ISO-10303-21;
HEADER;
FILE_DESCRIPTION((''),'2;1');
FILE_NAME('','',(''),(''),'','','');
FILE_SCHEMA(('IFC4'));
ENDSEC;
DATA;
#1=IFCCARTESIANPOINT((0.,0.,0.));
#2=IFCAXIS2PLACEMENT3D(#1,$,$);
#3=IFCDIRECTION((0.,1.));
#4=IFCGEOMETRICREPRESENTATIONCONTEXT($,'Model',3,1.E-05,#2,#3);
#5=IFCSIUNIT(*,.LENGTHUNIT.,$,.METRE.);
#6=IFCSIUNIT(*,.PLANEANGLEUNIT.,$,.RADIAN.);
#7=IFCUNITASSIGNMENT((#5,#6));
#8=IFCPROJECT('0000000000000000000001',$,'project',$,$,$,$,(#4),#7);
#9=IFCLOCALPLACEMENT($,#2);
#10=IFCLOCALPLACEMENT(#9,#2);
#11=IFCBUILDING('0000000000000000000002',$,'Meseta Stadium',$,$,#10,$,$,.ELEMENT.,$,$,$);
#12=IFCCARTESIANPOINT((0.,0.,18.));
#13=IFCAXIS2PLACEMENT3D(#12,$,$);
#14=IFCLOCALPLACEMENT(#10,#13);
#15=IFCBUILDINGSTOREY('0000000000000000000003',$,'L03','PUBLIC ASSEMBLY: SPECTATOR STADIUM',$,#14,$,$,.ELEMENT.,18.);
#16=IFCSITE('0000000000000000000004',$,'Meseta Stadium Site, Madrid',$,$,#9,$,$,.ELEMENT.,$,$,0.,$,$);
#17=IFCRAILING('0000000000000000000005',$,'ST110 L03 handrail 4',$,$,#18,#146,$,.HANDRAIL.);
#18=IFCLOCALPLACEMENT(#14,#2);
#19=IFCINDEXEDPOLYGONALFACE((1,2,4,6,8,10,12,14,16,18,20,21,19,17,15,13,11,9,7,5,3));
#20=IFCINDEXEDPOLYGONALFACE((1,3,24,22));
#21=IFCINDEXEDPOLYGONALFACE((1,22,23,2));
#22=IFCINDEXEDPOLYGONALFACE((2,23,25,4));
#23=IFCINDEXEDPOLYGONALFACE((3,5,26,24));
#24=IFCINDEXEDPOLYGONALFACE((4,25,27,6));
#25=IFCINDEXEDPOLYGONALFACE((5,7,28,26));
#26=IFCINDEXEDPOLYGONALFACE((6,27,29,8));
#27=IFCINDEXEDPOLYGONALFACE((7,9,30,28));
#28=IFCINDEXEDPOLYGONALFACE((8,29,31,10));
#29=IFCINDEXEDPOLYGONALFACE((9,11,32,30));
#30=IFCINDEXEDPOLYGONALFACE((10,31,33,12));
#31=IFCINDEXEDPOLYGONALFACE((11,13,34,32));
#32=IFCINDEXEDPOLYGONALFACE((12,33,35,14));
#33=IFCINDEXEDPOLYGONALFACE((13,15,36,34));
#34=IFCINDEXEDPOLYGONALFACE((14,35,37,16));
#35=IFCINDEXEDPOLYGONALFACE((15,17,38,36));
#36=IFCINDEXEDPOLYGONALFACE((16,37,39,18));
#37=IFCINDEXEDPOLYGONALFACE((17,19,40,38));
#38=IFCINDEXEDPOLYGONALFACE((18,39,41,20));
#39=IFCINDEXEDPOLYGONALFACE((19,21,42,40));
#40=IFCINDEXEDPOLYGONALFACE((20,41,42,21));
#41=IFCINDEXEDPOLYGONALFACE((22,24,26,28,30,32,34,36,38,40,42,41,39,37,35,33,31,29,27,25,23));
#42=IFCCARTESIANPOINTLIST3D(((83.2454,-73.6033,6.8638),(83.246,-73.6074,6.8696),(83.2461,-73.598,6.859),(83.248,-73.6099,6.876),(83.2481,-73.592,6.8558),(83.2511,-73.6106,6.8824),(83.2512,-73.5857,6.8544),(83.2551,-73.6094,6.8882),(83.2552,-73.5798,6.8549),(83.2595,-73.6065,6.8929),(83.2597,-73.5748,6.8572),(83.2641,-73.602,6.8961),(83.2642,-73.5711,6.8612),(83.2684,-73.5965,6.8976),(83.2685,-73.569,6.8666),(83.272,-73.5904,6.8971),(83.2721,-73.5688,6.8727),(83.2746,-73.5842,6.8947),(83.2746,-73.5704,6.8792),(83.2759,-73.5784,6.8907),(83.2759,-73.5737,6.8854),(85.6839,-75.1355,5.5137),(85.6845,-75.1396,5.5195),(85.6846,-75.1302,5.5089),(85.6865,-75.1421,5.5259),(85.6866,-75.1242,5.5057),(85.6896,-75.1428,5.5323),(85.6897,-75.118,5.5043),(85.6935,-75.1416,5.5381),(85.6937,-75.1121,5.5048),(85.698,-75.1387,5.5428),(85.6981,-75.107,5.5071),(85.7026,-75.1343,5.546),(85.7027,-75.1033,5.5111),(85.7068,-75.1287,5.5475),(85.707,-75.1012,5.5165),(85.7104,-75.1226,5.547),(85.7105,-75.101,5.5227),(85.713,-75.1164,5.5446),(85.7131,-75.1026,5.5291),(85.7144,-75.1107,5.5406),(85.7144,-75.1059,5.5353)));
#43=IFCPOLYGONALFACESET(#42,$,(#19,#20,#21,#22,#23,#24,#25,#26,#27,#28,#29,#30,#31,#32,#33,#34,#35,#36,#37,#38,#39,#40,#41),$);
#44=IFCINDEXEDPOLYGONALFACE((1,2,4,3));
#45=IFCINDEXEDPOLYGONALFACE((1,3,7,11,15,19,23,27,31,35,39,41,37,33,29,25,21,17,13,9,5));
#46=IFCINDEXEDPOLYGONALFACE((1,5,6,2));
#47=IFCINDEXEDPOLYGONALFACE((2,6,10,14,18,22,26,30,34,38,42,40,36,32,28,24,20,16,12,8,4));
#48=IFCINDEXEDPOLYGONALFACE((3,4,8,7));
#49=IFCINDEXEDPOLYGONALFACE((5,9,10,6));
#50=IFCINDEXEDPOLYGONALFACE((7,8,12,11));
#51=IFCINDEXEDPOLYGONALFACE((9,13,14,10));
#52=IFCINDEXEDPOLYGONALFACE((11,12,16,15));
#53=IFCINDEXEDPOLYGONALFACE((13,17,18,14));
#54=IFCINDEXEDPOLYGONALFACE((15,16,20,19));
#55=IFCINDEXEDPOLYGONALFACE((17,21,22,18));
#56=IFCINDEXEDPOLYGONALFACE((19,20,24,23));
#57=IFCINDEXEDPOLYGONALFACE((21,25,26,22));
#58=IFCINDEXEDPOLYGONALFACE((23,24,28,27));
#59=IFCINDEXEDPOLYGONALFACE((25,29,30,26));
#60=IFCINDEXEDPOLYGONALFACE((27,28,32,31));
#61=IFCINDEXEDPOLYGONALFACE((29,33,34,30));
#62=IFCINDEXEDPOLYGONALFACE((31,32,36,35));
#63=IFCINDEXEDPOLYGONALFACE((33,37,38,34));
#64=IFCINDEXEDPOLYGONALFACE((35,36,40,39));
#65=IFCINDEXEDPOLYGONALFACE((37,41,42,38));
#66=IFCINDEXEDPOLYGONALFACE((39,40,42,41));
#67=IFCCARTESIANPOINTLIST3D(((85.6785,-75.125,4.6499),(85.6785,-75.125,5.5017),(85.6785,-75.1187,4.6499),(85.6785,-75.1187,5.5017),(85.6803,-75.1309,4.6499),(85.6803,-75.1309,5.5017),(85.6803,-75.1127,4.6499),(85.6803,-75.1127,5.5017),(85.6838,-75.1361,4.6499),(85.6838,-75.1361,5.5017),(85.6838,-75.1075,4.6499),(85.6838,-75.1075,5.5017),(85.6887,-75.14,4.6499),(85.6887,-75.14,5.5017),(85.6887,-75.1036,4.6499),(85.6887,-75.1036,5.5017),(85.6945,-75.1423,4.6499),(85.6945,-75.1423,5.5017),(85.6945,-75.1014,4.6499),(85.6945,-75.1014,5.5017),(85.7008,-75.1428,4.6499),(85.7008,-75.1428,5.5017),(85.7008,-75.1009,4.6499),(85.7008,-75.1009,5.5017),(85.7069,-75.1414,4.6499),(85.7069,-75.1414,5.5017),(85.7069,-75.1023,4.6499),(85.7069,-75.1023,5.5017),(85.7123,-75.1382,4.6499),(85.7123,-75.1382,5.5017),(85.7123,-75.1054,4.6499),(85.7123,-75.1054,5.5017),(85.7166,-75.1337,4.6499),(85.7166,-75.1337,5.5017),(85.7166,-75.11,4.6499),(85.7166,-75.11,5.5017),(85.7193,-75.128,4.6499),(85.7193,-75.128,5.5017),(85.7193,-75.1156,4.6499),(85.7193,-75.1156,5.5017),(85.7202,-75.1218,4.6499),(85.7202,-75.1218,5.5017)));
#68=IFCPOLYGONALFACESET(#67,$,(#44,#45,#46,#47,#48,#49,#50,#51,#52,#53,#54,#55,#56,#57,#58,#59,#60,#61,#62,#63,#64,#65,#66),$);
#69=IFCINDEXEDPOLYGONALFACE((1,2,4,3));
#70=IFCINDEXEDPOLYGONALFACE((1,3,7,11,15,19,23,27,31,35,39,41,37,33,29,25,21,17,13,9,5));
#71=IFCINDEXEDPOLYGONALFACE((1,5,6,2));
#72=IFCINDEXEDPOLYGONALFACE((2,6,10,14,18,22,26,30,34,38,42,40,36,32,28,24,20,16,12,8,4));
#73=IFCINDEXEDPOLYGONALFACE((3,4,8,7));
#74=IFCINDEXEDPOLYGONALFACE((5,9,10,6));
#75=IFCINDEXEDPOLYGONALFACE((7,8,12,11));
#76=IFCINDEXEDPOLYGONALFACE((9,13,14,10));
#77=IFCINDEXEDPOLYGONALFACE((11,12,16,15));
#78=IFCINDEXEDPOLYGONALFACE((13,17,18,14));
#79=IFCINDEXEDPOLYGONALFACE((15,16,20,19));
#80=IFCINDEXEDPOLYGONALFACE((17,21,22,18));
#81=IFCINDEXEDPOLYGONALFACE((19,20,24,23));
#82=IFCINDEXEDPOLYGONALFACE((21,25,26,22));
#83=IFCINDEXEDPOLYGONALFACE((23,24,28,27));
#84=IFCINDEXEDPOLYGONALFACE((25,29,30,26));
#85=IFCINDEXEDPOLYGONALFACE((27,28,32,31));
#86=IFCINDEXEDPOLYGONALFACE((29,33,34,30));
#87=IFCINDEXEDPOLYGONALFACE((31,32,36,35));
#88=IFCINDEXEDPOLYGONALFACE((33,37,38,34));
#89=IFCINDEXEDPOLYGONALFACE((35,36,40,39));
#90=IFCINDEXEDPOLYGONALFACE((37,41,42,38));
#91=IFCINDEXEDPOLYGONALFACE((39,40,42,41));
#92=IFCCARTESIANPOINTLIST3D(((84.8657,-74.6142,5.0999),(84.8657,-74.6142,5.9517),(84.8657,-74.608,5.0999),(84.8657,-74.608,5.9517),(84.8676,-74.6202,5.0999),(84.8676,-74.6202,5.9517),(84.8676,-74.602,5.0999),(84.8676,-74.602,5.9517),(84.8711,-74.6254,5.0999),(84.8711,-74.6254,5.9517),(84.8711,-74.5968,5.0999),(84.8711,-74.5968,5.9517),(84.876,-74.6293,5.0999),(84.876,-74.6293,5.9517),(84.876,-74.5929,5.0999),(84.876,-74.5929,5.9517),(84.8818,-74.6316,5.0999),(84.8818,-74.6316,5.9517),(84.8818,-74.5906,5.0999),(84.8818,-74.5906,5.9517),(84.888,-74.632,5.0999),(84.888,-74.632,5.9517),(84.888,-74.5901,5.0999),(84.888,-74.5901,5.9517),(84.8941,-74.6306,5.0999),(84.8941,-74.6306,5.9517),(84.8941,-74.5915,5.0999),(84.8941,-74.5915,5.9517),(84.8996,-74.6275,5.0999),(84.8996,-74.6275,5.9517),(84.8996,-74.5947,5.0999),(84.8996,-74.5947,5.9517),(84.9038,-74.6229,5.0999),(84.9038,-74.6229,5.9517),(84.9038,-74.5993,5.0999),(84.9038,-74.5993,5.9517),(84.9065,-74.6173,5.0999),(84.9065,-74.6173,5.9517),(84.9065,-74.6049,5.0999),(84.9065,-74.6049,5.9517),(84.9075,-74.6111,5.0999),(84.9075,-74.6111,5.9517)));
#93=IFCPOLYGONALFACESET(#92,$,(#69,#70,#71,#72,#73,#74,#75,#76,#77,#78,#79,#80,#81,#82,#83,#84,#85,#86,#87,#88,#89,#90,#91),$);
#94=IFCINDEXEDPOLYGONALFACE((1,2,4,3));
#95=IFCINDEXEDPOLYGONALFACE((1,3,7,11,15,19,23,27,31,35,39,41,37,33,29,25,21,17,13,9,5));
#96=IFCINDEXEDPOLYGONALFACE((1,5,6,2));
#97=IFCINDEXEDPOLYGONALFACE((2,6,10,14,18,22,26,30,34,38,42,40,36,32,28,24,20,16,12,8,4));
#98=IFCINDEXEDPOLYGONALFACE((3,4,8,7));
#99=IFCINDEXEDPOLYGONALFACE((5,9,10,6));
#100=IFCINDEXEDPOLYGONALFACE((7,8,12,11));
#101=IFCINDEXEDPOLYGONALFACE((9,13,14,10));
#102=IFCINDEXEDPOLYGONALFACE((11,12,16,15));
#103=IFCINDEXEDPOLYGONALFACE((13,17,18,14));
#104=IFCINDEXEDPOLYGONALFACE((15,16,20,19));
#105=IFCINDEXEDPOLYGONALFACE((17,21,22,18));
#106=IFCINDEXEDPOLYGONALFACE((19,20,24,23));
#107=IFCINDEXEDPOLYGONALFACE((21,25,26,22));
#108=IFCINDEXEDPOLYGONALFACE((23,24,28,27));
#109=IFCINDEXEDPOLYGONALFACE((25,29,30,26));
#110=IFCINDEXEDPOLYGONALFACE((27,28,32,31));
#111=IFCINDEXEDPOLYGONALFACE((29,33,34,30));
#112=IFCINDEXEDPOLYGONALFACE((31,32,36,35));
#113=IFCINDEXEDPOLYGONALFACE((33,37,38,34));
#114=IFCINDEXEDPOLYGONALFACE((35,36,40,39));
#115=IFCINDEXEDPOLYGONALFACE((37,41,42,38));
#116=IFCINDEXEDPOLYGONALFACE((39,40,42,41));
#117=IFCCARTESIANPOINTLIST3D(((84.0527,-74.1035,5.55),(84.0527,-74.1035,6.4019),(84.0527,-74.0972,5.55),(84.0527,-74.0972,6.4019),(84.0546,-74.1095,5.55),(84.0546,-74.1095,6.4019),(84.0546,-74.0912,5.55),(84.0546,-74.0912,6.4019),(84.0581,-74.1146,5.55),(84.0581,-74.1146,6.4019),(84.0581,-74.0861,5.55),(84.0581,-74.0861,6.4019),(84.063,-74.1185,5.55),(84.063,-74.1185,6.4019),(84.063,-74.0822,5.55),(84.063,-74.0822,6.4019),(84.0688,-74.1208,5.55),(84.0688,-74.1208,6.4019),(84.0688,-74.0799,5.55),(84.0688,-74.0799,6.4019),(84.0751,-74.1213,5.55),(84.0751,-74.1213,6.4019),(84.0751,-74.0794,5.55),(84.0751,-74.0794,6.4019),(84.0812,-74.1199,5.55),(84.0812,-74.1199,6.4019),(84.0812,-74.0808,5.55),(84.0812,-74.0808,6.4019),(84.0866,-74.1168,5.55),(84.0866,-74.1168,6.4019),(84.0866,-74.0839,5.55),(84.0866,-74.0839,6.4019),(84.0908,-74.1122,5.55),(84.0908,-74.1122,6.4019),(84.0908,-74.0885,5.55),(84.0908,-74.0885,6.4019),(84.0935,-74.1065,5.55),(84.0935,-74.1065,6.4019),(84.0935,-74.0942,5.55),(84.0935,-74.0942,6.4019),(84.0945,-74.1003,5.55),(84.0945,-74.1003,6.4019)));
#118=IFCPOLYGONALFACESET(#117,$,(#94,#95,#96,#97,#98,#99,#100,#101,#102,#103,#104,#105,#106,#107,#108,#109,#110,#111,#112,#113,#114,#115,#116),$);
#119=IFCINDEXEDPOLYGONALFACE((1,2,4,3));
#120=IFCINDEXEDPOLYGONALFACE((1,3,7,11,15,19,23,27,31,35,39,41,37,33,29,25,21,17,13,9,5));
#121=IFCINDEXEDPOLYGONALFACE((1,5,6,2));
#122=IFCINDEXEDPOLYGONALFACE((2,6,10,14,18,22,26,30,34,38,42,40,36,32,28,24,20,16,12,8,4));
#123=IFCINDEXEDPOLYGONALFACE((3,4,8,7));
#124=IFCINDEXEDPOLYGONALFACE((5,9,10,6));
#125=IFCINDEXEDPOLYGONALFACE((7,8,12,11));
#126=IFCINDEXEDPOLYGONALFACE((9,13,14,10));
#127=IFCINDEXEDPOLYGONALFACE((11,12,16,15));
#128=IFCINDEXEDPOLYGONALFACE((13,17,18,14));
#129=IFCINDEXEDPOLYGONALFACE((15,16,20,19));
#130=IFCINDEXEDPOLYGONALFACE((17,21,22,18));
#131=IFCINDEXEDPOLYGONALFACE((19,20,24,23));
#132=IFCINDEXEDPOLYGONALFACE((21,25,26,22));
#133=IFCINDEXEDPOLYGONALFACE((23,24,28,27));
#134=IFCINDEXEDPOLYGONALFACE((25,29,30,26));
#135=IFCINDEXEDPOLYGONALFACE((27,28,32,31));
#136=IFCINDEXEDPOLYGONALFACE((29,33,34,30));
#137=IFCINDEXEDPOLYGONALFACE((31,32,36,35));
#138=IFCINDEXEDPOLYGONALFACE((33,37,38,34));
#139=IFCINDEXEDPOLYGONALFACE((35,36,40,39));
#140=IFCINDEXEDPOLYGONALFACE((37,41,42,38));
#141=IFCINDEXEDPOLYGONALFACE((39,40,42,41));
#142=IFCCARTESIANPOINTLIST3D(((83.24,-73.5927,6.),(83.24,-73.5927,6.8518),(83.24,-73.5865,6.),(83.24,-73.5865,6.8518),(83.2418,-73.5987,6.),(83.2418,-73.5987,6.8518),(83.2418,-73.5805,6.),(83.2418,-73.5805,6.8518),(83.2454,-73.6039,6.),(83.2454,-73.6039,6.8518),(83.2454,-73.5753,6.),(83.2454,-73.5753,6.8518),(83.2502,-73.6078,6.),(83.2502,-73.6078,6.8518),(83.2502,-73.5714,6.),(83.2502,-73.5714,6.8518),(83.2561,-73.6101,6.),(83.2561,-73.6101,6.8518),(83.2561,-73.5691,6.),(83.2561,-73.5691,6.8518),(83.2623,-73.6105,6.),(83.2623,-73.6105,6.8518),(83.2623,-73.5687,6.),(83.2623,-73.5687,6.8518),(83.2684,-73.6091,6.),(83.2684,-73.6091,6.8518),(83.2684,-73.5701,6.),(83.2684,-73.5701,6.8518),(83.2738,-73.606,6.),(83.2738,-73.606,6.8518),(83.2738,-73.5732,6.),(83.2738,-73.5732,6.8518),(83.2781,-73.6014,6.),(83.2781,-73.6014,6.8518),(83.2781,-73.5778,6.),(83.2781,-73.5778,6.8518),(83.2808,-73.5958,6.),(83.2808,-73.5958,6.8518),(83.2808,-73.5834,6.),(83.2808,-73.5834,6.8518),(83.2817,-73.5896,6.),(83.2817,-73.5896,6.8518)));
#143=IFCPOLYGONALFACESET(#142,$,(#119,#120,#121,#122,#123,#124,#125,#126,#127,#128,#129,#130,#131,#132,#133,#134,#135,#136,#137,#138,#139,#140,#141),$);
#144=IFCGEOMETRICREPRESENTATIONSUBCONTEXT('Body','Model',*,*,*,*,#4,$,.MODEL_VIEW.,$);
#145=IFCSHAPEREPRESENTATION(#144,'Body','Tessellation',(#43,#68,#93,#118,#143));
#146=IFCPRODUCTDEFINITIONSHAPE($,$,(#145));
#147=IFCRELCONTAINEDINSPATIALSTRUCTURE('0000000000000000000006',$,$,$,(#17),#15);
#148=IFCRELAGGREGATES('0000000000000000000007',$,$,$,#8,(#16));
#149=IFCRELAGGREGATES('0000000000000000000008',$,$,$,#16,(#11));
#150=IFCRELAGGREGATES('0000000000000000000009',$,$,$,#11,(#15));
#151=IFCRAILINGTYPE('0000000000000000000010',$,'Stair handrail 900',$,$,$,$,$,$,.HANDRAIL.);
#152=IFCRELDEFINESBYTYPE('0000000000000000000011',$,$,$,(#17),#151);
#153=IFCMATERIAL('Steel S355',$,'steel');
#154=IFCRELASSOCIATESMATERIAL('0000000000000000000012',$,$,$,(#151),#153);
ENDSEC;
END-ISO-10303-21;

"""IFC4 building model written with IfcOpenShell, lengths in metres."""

from ifc_helpers import new_model, si_unit, direction, frame, origin, origin_2d, place, context, subcontext, project, spatial, circle, extrude, material, type_object, element, save


model = new_model("IFC4")

# Units and contexts
model_context = context("Model", 3, precision=1e-05, world=origin(), true_north=direction((0.0, 1.0)))
body_context = subcontext(model_context, "Body", "Model", "MODEL_VIEW")
ifc_project = project(units=[si_unit("LENGTHUNIT", "METRE"), si_unit("PLANEANGLEUNIT", "RADIAN")], contexts=[model_context])

# Site, building, storey
site_placement = place(None, origin())
site = spatial("IfcSite", under=ifc_project, at=site_placement, Name="Meseta Stadium Site, Madrid", CompositionType="ELEMENT", RefElevation=0.0)
building_placement = place(site_placement, origin())
building = spatial("IfcBuilding", under=site, at=building_placement, Name="Meseta Stadium", CompositionType="ELEMENT")
storey_placement = place(building_placement, frame((0.0, 0.0, 18.0)))
storey = spatial("IfcBuildingStorey", under=building, at=storey_placement, Name="L03", Description="PUBLIC ASSEMBLY: SPECTATOR STADIUM", CompositionType="ELEMENT", Elevation=18.0)

# Railing
ifc_material_1 = material(Name="Steel S355", Category="steel")
railing_type_1 = type_object("IfcRailingType", Name="Stair handrail 900", PredefinedType="HANDRAIL", material=ifc_material_1)
for number, where, name in (
    (1, (85.6992, -75.1218, 4.6499), "ST110 L03 handrail 4"),
):
    element("IfcRailing", number, at=place(storey_placement, frame(where)), inside=storey, type_object=railing_type_1, Name=name, PredefinedType="HANDRAIL", context=body_context, shape_type="SweptSolid", body=[
        extrude(circle(Radius=0.0239, at=origin_2d()), frame((0.0, 0.0, 0.876), z_axis=(-0.766655, 0.481731, 0.42447), x_axis=(-0.53204, -0.846719, 0.0)), (0.0, 0.0, 1.0), 3.1807),
        extrude(circle(Radius=0.021, at=origin_2d()), origin(), (0.0, 0.0, 1.0), 0.8518),
        extrude(circle(Radius=0.021, at=origin_2d()), frame((-0.8127, 0.5107, 0.45)), (0.0, 0.0, 1.0), 0.8518),
        extrude(circle(Radius=0.021, at=origin_2d()), frame((-1.6257, 1.0215, 0.9001)), (0.0, 0.0, 1.0), 0.8518),
        extrude(circle(Radius=0.021, at=origin_2d()), frame((-2.4385, 1.5322, 1.3501)), (0.0, 0.0, 1.0), 0.8518),
    ])

save(model, "model.ifc")
